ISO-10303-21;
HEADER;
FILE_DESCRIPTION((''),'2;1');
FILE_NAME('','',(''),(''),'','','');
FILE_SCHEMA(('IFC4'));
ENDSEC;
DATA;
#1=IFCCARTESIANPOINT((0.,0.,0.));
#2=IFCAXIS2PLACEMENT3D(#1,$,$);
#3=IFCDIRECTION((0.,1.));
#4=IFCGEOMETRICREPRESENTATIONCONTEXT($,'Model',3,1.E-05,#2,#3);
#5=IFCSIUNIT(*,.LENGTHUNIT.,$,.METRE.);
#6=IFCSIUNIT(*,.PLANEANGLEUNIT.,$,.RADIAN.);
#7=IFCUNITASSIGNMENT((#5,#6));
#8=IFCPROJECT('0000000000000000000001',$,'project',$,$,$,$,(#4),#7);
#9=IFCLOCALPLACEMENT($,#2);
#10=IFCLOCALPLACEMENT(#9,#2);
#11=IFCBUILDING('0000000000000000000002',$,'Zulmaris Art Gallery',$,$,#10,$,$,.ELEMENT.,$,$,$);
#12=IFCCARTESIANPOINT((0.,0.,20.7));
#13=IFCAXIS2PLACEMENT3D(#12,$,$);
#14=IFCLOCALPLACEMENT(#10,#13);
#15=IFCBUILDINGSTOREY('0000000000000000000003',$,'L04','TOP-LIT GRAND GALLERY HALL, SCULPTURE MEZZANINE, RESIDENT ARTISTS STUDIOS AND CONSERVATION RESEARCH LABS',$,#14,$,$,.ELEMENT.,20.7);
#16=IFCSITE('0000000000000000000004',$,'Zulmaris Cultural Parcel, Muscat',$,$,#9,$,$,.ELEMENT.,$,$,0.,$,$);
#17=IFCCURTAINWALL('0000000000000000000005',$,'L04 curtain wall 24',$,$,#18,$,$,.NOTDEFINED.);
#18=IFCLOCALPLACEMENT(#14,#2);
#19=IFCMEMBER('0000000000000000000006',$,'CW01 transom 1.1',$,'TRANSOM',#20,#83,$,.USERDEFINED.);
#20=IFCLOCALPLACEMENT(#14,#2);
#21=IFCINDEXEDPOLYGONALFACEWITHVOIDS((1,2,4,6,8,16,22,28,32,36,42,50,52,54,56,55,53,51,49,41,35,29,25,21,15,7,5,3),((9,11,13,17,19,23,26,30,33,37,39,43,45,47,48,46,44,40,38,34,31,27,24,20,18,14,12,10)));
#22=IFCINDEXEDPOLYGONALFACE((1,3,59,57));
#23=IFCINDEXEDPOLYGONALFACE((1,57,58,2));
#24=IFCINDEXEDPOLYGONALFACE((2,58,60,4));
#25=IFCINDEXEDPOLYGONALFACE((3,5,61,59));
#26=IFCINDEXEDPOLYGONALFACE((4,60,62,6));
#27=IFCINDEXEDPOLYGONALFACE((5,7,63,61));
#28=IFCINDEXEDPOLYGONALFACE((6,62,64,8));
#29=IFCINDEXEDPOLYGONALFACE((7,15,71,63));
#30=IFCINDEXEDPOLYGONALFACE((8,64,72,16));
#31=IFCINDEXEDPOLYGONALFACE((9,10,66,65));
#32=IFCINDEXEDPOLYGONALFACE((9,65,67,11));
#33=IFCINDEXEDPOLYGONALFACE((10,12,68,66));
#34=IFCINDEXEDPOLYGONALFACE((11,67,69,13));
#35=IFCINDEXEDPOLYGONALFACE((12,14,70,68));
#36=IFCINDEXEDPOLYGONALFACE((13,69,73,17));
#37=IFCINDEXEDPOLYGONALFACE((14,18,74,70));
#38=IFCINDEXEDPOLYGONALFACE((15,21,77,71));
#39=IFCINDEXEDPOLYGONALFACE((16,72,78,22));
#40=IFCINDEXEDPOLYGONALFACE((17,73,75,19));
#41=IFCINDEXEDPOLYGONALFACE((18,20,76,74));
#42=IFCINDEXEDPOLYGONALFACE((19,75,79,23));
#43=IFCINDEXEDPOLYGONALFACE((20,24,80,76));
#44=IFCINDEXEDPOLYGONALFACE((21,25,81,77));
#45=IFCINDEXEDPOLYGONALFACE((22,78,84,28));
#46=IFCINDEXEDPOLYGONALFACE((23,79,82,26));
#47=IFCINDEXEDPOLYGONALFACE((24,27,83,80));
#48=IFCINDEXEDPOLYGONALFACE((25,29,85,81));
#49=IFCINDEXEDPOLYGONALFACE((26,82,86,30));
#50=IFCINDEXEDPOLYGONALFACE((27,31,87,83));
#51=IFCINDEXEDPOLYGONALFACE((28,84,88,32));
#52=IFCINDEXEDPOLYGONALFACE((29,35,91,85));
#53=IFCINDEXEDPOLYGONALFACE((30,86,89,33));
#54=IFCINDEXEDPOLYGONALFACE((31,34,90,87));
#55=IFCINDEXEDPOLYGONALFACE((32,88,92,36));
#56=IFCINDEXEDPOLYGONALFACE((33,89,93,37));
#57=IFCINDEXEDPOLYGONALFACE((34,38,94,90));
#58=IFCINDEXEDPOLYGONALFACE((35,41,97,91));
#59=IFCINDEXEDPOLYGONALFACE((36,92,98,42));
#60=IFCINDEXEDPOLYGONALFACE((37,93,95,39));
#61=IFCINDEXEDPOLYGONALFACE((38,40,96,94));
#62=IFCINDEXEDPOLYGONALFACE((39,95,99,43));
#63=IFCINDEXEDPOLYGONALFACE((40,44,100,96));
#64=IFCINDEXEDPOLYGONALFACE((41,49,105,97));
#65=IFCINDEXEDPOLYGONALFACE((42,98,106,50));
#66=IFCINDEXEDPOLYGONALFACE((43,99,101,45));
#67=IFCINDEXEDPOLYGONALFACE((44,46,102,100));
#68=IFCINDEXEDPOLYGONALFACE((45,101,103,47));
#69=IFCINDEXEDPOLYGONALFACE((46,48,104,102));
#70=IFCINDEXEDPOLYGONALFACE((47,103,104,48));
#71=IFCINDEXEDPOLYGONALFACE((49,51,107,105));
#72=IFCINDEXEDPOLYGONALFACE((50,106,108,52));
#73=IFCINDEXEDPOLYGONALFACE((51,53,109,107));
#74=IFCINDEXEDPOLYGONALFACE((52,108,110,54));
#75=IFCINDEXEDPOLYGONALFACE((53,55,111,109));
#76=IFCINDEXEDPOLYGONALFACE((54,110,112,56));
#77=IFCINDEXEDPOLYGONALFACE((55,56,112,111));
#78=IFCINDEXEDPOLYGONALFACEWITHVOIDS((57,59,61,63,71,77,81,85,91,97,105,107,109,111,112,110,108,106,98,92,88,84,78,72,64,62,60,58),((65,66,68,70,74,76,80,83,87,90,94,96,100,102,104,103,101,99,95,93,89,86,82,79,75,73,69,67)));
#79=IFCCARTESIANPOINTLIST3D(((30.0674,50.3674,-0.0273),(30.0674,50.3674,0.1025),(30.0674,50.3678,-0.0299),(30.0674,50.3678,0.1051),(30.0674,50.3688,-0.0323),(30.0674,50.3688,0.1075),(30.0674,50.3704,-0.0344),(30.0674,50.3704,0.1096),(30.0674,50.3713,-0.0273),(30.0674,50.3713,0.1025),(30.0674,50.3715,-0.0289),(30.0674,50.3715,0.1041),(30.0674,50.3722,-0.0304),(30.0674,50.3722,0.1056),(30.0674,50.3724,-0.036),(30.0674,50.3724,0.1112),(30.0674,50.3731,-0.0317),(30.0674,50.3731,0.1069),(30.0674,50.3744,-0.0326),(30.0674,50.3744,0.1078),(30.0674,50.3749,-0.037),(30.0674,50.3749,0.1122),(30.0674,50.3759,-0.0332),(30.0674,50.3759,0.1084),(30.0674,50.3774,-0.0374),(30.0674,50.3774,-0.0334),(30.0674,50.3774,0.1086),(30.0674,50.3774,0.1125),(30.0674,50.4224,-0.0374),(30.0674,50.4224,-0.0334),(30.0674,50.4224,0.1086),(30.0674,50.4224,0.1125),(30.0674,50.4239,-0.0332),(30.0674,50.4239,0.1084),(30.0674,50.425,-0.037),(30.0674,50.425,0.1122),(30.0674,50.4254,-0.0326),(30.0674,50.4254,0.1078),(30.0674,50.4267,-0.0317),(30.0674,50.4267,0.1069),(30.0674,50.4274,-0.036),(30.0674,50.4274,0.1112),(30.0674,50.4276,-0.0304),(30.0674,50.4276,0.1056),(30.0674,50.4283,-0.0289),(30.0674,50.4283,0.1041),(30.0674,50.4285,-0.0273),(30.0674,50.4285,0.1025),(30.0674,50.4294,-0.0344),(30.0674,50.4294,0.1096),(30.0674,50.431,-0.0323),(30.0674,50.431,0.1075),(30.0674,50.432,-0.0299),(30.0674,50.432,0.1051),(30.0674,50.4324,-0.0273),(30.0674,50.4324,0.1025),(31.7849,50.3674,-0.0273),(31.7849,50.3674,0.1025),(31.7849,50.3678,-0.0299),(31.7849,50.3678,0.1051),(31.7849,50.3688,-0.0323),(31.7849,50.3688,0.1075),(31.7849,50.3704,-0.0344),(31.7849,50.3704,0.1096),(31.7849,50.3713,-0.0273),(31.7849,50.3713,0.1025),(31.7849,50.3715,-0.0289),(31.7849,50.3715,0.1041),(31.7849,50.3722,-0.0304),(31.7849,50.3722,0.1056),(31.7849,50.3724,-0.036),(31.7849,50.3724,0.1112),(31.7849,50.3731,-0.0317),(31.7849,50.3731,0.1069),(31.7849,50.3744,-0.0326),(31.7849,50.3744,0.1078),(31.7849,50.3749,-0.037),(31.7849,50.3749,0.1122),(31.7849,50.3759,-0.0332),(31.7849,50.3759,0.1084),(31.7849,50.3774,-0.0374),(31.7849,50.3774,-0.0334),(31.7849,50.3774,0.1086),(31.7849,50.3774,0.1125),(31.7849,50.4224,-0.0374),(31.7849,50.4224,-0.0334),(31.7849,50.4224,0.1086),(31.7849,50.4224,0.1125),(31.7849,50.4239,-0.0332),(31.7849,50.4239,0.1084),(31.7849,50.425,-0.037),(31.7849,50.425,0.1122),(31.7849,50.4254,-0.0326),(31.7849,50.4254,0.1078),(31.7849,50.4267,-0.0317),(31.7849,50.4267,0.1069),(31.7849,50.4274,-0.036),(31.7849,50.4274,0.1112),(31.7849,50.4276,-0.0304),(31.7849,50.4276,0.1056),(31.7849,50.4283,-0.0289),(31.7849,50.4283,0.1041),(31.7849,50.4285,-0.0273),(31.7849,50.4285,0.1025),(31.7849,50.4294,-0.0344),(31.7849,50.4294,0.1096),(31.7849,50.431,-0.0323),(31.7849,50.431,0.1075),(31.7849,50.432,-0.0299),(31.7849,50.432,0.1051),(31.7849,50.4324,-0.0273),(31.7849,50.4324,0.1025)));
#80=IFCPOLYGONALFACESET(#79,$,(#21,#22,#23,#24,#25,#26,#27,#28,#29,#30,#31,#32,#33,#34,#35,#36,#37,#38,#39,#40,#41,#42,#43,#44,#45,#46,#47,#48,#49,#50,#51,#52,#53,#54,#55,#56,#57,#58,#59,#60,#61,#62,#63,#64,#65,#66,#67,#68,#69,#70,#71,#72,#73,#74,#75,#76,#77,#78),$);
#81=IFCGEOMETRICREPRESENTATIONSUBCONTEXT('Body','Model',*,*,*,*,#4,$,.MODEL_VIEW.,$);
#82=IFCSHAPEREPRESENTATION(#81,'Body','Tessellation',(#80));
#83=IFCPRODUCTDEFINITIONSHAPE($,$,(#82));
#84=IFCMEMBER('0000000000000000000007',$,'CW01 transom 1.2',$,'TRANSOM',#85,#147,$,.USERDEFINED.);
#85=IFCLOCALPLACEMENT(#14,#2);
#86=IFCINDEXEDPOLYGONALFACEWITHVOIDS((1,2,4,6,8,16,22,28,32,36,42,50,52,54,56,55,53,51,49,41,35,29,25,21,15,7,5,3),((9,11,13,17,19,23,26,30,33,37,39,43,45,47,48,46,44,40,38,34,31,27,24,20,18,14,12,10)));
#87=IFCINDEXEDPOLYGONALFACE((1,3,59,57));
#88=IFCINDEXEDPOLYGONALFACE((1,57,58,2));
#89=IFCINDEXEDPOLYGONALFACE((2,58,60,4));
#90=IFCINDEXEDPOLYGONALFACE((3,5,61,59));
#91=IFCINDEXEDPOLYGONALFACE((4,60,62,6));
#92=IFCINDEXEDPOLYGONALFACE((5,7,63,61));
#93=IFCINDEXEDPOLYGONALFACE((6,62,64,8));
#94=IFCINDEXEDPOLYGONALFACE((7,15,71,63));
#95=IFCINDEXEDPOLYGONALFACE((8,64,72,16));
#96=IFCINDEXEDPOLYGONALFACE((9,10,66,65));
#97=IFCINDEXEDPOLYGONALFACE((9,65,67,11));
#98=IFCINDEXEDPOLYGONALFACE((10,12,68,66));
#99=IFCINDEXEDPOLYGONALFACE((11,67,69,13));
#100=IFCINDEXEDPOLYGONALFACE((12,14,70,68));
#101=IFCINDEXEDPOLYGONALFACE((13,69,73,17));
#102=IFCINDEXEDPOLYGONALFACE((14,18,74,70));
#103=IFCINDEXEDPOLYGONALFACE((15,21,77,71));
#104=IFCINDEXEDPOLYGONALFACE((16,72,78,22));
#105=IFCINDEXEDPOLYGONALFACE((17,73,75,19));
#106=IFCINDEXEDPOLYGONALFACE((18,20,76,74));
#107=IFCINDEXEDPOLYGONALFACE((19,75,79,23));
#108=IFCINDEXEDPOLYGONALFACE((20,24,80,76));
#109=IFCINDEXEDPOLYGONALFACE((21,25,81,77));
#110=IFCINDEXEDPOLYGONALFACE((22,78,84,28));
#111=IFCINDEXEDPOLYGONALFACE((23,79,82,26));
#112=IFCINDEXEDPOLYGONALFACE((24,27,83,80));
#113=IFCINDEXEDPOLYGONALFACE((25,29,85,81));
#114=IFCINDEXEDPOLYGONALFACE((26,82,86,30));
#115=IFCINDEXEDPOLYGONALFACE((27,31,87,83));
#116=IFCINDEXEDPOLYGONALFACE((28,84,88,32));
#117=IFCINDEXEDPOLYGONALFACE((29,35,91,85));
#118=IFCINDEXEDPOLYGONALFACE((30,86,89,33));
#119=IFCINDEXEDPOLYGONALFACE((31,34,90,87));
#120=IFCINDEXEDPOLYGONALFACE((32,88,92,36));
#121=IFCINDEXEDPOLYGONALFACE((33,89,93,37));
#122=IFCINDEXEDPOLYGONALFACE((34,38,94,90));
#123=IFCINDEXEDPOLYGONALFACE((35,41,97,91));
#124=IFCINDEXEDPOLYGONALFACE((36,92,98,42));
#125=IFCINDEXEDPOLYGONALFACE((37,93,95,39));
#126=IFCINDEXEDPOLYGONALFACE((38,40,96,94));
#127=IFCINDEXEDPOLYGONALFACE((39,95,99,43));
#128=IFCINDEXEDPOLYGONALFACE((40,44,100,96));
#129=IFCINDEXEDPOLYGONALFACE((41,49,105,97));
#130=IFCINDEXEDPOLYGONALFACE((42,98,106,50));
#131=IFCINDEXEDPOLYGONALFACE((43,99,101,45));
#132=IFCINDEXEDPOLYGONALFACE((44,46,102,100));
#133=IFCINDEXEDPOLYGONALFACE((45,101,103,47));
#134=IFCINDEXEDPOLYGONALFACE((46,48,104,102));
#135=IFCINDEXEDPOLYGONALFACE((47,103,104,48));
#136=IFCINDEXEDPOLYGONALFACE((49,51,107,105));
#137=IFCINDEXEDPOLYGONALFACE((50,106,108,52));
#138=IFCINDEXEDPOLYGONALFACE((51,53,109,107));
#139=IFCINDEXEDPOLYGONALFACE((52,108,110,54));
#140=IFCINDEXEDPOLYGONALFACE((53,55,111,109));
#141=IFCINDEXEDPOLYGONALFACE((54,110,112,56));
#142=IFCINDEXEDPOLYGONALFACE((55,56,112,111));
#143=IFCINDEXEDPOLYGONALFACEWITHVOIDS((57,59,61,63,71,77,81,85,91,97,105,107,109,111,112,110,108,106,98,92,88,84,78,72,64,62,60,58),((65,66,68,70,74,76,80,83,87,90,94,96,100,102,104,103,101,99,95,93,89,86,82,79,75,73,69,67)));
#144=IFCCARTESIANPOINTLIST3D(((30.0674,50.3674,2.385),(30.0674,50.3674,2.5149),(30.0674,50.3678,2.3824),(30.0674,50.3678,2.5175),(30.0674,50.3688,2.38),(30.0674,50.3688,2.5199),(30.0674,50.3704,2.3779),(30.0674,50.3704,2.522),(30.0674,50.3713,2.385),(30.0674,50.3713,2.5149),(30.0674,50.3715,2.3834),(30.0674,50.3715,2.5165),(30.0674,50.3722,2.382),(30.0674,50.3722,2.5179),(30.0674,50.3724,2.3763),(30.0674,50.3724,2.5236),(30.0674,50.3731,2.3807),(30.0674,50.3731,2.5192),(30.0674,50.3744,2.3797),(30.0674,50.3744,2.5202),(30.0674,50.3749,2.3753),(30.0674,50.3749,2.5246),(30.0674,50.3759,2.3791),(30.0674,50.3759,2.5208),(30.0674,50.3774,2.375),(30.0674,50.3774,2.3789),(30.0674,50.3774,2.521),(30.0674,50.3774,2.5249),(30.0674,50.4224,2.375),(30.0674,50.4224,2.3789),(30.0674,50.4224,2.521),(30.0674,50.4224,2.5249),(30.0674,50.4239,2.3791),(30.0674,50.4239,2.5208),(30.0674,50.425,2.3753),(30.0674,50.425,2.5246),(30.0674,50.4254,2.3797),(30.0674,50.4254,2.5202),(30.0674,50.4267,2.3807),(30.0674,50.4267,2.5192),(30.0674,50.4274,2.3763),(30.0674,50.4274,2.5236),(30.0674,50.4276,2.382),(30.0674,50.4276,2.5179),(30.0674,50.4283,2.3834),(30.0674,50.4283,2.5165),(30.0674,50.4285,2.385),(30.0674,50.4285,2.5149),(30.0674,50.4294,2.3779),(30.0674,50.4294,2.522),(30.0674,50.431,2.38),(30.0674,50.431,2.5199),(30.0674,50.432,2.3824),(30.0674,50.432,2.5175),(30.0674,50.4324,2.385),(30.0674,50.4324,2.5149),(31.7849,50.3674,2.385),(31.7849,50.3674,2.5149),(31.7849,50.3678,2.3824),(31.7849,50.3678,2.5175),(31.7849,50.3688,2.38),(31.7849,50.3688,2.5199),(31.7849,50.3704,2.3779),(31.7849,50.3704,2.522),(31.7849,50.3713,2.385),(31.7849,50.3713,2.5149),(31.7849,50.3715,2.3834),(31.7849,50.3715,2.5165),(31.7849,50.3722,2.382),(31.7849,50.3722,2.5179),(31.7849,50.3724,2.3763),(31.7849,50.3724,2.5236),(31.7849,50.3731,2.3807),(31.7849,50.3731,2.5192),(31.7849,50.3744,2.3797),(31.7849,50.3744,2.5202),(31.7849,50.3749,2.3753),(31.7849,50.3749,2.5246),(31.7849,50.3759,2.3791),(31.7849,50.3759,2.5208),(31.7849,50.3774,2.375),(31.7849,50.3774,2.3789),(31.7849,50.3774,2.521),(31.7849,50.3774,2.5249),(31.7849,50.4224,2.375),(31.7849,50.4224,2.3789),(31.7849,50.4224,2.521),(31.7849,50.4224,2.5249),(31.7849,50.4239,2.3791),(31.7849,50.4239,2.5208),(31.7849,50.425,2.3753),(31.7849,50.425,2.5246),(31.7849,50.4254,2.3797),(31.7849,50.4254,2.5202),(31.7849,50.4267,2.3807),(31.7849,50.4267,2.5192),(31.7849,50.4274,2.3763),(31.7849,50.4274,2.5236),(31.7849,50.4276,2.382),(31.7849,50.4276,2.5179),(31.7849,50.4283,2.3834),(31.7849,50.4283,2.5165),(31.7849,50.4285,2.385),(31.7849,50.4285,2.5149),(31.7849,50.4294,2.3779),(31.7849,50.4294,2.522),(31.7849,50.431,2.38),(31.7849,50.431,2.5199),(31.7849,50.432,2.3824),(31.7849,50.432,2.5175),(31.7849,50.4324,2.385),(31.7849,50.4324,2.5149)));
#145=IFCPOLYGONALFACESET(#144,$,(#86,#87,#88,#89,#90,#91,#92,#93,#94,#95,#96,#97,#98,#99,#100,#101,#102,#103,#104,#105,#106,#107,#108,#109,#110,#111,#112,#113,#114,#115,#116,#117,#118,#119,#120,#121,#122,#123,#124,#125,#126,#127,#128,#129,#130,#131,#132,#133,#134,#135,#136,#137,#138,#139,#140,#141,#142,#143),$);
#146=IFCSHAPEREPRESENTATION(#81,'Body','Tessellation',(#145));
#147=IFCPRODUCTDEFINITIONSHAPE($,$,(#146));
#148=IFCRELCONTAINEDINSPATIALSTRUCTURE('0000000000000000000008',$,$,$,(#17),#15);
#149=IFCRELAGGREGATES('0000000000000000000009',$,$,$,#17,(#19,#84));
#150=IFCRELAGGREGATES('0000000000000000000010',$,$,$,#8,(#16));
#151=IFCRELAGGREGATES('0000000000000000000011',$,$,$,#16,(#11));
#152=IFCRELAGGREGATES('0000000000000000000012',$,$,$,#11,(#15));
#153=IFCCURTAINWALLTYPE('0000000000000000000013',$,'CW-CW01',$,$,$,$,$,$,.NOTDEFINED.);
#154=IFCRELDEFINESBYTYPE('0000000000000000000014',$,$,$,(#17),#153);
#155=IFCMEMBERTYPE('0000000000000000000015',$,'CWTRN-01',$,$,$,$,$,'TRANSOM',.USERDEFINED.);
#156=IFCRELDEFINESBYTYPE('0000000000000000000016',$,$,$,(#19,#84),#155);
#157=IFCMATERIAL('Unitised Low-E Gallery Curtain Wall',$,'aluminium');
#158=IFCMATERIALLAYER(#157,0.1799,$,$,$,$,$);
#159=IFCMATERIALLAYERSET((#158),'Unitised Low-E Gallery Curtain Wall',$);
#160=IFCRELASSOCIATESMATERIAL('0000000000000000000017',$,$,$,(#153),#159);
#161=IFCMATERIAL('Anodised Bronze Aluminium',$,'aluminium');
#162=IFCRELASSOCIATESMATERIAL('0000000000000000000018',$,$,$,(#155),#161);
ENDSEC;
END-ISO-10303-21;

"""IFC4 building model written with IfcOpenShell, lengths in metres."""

from ifc_helpers import new_model, si_unit, direction, frame, origin, origin_2d, place, context, subcontext, project, spatial, hollow_rectangle, extrude, material, layer, layer_set, material_profile, profile_set, type_object, element, aggregate, save


model = new_model("IFC4")

# Units and contexts
model_context = context("Model", 3, precision=1e-05, world=origin(), true_north=direction((0.0, 1.0)))
body_context = subcontext(model_context, "Body", "Model", "MODEL_VIEW")
ifc_project = project(units=[si_unit("LENGTHUNIT", "METRE"), si_unit("PLANEANGLEUNIT", "RADIAN")], contexts=[model_context])

# Site, building, storey
site_placement = place(None, origin())
site = spatial("IfcSite", under=ifc_project, at=site_placement, Name="Zulmaris Cultural Parcel, Muscat", CompositionType="ELEMENT", RefElevation=0.0)
building_placement = place(site_placement, origin())
building = spatial("IfcBuilding", under=site, at=building_placement, Name="Zulmaris Art Gallery", CompositionType="ELEMENT")
storey_placement = place(building_placement, frame((0.0, 0.0, 20.7)))
storey = spatial("IfcBuildingStorey", under=building, at=storey_placement, Name="L04", Description="TOP-LIT GRAND GALLERY HALL, SCULPTURE MEZZANINE, RESIDENT ARTISTS STUDIOS AND CONSERVATION RESEARCH LABS", CompositionType="ELEMENT", Elevation=20.7)

# Curtain wall
ifc_material_1 = material(Name="Unitised Low-E Gallery Curtain Wall", Category="aluminium")
ifc_layer_1 = layer(ifc_material_1, 0.1799)
ifc_layer_set_1 = layer_set([ifc_layer_1], Name="Unitised Low-E Gallery Curtain Wall")
curtain_wall_type = type_object("IfcCurtainWallType", Name="CW-CW01", PredefinedType="NOTDEFINED", material=ifc_layer_set_1)
curtain_wall_1_placement = place(storey_placement, origin())
curtain_wall_1 = element("IfcCurtainWall", 1, at=curtain_wall_1_placement, inside=storey, type_object=curtain_wall_type, Name="L04 curtain wall 24", PredefinedType="NOTDEFINED")
ifc_material_2 = material(Name="Anodised Bronze Aluminium", Category="aluminium")

# Members
ifc_material_profile_1 = material_profile(ifc_material_2, hollow_rectangle(XDim=0.0649, YDim=0.1499, WallThickness=0.0039, InnerFilletRadius=0.0061, OuterFilletRadius=0.01, at=origin_2d()), Name="ALU 65x150x4")
ifc_profile_set_1 = profile_set([ifc_material_profile_1], Name="Anodised Bronze Aluminium")
member_type_1 = type_object("IfcMemberType", Name="CWTRN-01", ElementType="TRANSOM", PredefinedType="USERDEFINED", material=ifc_profile_set_1)
member_1_placement = place(storey_placement, frame((31.7849, 50.3999, 0.0376), z_axis=(-1.0, 0.0, 0.0), x_axis=(0.0, -1.0, 0.0)))
member_1 = element("IfcMember", 2, at=member_1_placement, type_object=member_type_1, Name="CW01 transom 1.1", ObjectType="TRANSOM", PredefinedType="USERDEFINED", context=body_context, shape_type="SweptSolid", body=[
    extrude(hollow_rectangle(XDim=0.0649, YDim=0.1499, WallThickness=0.0039, InnerFilletRadius=0.0061, OuterFilletRadius=0.01, at=origin_2d()), origin(), (0.0, 0.0, 1.0), 1.7175),
])
member_2_placement = place(storey_placement, frame((31.7849, 50.3999, 2.45), z_axis=(-1.0, 0.0, 0.0), x_axis=(0.0, -1.0, 0.0)))
member_2 = element("IfcMember", 3, at=member_2_placement, type_object=member_type_1, Name="CW01 transom 1.2", ObjectType="TRANSOM", PredefinedType="USERDEFINED", context=body_context, shape_type="SweptSolid", body=[
    extrude(hollow_rectangle(XDim=0.0649, YDim=0.1499, WallThickness=0.0039, InnerFilletRadius=0.0061, OuterFilletRadius=0.01, at=origin_2d()), origin(), (0.0, 0.0, 1.0), 1.7175),
])

aggregate(curtain_wall_1, [member_1, member_2])

save(model, "model.ifc")
